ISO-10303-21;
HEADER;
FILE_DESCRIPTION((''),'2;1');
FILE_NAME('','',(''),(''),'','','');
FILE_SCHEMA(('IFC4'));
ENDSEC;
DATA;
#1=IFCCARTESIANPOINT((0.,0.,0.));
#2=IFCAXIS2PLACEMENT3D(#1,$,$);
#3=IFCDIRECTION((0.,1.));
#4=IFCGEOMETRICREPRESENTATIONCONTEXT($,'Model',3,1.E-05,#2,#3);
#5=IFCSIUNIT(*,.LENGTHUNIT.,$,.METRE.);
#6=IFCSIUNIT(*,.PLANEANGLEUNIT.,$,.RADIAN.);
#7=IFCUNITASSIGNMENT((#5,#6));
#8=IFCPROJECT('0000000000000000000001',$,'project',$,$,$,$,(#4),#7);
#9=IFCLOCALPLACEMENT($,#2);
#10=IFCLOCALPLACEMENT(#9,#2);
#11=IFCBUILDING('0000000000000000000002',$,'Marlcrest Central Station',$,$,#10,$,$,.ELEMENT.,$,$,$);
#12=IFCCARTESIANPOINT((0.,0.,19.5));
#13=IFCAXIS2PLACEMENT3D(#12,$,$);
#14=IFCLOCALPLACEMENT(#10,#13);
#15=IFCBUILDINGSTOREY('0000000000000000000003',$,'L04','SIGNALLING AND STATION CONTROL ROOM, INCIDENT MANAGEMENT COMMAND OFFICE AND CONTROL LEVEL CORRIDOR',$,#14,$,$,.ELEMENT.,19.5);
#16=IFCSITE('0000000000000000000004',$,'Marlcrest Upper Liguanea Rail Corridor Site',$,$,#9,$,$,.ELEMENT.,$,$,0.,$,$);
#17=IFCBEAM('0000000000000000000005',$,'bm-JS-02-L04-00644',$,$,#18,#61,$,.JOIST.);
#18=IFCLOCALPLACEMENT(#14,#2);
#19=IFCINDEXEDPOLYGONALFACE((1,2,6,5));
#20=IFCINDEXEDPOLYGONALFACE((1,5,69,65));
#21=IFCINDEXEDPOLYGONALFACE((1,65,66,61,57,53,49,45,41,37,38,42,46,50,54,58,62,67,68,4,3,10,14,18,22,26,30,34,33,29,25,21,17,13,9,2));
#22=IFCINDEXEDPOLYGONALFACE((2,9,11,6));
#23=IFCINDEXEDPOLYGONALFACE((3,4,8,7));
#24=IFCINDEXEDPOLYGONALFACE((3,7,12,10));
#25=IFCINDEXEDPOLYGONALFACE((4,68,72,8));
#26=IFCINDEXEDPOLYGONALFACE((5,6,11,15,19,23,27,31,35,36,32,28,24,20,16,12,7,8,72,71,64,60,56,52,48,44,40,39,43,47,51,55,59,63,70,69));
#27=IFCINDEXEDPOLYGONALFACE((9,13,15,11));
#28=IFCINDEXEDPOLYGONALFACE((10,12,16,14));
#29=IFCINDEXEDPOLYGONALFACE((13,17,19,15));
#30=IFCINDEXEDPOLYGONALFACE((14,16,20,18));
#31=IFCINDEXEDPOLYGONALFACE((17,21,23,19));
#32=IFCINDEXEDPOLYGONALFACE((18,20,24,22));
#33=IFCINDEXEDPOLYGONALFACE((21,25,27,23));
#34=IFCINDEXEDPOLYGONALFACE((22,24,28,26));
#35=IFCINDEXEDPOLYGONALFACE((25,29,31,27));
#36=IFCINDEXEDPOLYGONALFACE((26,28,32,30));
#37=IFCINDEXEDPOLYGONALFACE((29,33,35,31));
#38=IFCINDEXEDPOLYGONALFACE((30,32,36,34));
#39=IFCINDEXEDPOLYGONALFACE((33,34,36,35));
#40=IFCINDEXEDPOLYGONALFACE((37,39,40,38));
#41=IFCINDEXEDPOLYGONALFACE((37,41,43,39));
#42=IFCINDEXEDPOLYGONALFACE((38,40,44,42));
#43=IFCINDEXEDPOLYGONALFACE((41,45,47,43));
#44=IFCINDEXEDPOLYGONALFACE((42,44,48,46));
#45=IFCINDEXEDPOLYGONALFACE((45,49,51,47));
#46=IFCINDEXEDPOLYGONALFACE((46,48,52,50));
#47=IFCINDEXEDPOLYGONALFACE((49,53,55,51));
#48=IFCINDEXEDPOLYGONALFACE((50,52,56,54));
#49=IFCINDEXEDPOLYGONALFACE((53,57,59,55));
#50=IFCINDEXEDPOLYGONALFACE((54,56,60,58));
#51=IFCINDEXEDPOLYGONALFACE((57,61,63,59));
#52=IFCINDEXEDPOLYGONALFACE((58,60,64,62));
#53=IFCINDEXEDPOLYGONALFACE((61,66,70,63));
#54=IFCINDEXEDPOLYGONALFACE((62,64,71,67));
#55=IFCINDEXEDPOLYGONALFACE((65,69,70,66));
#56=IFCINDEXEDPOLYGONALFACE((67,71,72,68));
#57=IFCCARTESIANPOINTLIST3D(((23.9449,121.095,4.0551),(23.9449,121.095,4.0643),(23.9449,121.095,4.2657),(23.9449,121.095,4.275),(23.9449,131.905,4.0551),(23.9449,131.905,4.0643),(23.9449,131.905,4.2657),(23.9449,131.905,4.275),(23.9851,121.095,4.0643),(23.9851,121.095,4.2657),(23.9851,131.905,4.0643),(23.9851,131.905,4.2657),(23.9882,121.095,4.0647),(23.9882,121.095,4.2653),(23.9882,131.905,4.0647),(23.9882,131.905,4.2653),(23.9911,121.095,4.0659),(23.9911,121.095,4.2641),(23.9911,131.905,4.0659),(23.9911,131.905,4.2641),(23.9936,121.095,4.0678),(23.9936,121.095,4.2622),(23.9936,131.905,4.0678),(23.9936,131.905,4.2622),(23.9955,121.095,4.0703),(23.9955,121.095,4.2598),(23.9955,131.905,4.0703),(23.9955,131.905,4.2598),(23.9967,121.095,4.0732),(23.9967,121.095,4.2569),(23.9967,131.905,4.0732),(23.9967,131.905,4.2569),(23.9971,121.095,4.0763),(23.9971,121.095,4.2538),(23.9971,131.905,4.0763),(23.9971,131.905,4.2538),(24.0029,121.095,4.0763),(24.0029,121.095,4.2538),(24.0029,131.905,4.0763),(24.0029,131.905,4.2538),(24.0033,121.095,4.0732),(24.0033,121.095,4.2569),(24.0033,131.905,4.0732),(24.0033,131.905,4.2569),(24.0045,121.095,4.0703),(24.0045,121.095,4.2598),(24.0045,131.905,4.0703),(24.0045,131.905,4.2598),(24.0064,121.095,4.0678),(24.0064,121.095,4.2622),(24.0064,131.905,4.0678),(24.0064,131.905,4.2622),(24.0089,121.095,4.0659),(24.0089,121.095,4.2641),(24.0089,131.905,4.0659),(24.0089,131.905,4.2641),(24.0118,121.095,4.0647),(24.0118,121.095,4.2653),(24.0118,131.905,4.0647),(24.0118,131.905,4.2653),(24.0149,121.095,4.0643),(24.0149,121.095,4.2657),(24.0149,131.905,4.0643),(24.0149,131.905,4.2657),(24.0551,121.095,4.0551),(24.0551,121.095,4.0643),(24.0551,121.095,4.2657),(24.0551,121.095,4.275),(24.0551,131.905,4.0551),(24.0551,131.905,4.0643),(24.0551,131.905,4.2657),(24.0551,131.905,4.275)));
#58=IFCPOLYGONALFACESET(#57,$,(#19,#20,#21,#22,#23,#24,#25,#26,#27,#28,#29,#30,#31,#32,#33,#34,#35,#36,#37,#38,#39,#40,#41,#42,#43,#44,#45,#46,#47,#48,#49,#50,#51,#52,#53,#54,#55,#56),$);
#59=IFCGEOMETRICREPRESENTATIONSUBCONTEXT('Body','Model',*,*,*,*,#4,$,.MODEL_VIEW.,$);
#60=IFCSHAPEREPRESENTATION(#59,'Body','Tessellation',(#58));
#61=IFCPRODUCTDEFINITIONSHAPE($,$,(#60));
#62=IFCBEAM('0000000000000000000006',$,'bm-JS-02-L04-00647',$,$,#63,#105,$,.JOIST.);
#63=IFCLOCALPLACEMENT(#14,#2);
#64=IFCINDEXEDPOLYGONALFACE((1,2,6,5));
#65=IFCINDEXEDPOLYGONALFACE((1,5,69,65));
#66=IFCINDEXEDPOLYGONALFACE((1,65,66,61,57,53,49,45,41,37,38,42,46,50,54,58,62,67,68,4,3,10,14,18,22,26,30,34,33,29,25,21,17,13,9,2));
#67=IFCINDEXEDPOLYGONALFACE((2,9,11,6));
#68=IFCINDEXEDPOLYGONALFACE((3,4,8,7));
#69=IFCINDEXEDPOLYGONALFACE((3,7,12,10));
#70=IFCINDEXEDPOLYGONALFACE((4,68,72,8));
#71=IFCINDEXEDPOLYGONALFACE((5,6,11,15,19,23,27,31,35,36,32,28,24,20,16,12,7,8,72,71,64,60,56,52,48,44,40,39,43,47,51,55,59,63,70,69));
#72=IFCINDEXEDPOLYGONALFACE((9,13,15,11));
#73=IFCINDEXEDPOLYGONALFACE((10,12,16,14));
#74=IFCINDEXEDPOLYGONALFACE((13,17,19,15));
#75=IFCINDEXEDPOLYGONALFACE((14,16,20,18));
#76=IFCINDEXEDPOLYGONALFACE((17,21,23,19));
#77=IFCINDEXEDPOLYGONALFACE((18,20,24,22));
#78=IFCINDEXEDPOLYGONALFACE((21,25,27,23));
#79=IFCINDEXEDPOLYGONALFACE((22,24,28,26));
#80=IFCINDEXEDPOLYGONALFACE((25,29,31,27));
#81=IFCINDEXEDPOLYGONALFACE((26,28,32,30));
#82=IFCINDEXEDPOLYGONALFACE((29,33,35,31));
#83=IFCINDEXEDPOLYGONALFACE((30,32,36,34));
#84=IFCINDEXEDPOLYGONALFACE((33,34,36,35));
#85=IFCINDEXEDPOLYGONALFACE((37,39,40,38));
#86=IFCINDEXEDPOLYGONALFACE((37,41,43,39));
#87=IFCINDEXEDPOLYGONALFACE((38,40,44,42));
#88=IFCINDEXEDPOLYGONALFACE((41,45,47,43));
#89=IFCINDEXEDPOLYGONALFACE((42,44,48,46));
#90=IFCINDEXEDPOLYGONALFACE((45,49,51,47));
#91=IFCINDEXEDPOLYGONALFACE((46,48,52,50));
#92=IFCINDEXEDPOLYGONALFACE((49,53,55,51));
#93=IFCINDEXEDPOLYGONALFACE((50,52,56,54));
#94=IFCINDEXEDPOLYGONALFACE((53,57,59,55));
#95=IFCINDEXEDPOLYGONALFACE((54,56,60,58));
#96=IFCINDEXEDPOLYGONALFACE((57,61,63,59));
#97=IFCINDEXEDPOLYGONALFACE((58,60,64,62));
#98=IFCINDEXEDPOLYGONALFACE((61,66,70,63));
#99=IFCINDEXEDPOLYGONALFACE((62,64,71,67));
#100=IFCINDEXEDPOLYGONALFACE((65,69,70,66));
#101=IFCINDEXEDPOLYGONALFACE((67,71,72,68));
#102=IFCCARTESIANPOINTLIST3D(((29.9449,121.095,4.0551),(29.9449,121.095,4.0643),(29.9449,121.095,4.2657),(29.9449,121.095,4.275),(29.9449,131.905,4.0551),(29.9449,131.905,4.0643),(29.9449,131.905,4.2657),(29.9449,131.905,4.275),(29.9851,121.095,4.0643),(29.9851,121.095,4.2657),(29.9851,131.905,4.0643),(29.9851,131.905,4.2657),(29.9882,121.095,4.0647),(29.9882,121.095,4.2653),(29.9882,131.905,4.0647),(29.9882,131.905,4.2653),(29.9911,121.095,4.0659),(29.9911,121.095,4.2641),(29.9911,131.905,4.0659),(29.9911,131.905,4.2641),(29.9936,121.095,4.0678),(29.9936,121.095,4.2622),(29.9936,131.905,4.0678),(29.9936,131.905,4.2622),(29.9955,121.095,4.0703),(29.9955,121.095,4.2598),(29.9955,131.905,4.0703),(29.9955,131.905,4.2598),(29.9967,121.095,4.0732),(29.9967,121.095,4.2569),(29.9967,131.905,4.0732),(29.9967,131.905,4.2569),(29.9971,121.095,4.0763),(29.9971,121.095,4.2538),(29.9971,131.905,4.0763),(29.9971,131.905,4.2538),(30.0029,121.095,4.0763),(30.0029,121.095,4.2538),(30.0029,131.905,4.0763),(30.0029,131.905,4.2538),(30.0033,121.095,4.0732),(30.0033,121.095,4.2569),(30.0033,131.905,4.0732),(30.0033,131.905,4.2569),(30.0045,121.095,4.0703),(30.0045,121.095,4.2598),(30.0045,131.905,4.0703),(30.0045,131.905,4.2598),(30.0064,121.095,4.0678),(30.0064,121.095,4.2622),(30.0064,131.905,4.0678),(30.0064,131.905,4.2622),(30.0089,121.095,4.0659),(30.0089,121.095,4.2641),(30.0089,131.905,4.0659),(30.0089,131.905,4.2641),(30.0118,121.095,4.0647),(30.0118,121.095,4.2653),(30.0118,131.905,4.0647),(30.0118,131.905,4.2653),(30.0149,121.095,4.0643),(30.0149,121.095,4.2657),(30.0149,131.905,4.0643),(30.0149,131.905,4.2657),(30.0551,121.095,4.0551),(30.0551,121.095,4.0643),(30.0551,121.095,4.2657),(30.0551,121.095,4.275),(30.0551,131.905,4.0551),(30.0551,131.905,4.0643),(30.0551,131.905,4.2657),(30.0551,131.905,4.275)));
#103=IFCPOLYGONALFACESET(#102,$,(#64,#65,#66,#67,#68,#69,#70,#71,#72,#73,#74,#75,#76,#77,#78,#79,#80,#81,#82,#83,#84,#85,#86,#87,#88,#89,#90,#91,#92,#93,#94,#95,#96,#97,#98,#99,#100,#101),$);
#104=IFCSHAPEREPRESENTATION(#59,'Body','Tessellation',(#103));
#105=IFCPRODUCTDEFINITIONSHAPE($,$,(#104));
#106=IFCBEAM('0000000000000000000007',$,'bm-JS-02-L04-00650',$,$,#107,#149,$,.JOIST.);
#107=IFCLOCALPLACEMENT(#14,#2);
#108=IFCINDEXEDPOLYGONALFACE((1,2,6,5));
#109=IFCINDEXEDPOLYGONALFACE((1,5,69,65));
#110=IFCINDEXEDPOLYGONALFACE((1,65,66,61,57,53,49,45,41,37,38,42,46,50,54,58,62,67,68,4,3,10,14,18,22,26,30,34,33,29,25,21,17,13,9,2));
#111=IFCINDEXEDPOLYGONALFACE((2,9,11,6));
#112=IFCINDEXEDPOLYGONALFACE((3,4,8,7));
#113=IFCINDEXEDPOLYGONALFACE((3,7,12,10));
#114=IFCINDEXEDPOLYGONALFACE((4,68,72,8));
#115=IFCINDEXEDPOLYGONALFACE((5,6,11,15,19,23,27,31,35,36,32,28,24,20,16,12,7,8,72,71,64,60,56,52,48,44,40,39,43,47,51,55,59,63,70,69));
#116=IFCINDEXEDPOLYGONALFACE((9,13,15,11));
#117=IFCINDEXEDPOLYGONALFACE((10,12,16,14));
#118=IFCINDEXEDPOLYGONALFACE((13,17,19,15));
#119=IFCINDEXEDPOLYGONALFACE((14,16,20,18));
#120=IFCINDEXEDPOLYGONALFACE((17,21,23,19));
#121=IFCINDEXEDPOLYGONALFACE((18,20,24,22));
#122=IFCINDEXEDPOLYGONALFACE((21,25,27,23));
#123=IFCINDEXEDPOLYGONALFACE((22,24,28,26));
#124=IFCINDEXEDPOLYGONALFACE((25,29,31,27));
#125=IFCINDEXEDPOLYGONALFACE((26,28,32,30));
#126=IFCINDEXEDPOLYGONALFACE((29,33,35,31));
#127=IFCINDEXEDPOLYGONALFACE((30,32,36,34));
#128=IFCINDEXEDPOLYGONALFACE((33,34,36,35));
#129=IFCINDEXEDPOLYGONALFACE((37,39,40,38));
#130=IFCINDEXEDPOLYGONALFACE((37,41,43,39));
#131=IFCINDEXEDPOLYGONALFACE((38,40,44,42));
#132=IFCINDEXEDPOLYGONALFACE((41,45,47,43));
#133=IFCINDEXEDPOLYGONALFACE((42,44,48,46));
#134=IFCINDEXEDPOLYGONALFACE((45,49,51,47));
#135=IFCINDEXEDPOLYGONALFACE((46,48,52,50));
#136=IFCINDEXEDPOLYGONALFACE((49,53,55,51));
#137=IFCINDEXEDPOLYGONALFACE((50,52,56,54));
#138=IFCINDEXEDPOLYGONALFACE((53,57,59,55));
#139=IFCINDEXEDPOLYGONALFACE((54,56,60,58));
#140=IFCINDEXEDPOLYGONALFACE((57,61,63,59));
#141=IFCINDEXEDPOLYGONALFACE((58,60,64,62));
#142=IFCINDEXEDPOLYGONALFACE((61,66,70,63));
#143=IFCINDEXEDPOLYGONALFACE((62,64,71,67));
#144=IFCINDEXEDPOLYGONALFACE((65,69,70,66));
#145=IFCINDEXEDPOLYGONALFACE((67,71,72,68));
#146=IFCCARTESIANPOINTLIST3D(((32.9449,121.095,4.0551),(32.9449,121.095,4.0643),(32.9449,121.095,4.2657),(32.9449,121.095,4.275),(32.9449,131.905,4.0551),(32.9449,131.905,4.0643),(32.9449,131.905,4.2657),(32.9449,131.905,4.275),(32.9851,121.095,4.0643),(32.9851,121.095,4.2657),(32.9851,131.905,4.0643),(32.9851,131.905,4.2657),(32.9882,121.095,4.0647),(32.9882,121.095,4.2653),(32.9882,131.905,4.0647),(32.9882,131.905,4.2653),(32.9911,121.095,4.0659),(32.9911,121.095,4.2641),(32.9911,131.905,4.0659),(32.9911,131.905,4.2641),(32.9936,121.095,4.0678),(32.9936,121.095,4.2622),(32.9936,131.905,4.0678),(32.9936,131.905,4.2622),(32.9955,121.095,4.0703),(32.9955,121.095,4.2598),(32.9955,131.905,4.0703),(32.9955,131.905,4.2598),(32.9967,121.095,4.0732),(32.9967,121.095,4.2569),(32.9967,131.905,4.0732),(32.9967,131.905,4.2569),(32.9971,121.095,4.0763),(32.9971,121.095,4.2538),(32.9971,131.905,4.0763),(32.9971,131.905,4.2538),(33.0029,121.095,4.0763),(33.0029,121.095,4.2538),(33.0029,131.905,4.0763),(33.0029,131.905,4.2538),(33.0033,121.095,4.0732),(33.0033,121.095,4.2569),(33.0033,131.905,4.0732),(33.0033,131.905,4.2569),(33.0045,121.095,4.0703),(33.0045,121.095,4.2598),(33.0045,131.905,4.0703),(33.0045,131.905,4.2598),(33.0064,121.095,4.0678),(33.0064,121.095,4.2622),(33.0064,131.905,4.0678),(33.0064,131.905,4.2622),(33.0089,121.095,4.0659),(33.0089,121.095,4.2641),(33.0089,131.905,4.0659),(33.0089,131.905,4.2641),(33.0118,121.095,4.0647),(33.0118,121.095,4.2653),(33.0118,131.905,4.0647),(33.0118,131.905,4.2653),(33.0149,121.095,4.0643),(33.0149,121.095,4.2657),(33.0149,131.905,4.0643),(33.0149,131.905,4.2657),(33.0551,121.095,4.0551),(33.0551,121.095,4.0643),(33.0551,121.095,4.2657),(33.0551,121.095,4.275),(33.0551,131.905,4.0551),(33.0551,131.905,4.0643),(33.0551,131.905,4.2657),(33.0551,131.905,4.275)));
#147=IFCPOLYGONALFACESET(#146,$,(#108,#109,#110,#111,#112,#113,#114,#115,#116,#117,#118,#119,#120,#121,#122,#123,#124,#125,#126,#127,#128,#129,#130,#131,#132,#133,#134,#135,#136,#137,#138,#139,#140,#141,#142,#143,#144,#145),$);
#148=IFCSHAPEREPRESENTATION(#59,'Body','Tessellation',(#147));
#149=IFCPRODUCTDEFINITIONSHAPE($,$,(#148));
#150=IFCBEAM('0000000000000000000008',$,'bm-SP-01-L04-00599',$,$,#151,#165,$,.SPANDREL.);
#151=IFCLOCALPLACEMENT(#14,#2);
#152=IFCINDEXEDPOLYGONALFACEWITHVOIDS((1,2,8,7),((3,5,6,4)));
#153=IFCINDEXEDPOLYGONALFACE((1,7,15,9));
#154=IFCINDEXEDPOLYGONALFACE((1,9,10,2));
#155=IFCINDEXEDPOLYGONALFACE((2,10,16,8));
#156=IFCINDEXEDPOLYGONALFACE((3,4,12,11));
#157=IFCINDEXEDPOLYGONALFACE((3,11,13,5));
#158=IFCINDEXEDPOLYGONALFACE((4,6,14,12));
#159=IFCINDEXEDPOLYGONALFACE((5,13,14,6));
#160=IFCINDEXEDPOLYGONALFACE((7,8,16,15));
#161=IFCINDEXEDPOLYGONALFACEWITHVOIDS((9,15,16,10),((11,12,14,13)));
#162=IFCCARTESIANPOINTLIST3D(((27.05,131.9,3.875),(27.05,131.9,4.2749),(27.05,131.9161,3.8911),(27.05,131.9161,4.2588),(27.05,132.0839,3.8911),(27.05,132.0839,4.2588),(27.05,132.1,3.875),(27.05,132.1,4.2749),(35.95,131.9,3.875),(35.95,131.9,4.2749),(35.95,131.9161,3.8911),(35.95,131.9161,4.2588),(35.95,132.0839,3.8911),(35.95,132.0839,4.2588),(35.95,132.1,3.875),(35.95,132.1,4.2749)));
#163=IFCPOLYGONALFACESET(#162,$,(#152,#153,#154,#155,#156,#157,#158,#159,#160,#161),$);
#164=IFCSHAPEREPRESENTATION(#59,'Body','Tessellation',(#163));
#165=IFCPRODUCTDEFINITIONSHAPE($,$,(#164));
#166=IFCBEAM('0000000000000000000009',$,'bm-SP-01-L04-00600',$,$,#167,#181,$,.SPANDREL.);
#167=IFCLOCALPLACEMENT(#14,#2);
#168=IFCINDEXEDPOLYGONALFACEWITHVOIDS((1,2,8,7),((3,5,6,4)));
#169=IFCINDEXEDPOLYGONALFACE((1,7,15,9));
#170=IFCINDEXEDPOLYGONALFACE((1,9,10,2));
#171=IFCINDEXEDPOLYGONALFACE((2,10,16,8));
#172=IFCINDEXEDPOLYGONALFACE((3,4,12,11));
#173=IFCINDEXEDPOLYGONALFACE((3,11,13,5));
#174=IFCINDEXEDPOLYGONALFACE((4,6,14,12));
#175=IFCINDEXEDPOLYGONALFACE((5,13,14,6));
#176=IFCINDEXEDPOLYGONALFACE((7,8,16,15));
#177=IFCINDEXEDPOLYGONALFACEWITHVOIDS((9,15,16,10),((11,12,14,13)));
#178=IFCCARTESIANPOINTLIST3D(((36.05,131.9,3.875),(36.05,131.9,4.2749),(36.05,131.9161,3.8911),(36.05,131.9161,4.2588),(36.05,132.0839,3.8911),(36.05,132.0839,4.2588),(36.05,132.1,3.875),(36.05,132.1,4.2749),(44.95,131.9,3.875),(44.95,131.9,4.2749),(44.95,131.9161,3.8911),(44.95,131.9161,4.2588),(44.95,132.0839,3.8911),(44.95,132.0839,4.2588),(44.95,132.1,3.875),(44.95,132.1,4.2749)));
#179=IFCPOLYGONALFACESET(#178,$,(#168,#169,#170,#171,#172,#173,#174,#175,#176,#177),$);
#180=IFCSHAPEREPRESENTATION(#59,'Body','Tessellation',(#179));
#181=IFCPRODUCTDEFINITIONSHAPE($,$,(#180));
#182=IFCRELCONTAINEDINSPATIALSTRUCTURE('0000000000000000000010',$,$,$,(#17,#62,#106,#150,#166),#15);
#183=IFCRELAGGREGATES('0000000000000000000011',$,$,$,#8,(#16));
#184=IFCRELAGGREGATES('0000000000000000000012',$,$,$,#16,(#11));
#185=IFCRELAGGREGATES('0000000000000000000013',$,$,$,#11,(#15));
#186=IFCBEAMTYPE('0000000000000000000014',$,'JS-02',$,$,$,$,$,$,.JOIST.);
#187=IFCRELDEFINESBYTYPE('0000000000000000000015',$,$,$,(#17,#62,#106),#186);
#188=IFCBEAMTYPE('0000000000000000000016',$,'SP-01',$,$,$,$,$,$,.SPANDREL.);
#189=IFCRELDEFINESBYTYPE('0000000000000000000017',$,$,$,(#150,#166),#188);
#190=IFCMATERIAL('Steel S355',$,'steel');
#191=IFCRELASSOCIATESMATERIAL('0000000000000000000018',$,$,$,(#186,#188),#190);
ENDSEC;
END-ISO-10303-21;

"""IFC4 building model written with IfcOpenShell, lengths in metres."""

from ifc_helpers import new_model, si_unit, direction, frame, origin, origin_2d, place, context, subcontext, project, spatial, hollow_rectangle, i_section, extrude, material, material_profile, profile_set, type_object, element, save


model = new_model("IFC4")

# Units and contexts
model_context = context("Model", 3, precision=1e-05, world=origin(), true_north=direction((0.0, 1.0)))
body_context = subcontext(model_context, "Body", "Model", "MODEL_VIEW")
ifc_project = project(units=[si_unit("LENGTHUNIT", "METRE"), si_unit("PLANEANGLEUNIT", "RADIAN")], contexts=[model_context])

# Site, building, storey
site_placement = place(None, origin())
site = spatial("IfcSite", under=ifc_project, at=site_placement, Name="Marlcrest Upper Liguanea Rail Corridor Site", CompositionType="ELEMENT", RefElevation=0.0)
building_placement = place(site_placement, origin())
building = spatial("IfcBuilding", under=site, at=building_placement, Name="Marlcrest Central Station", CompositionType="ELEMENT")
storey_placement = place(building_placement, frame((0.0, 0.0, 19.5)))
storey = spatial("IfcBuildingStorey", under=building, at=storey_placement, Name="L04", Description="SIGNALLING AND STATION CONTROL ROOM, INCIDENT MANAGEMENT COMMAND OFFICE AND CONTROL LEVEL CORRIDOR", CompositionType="ELEMENT", Elevation=19.5)

# Shared definitions
ifc_material_1 = material(Name="Steel S355", Category="steel")

# Beams
ifc_material_profile_1 = material_profile(ifc_material_1, i_section(OverallWidth=0.1101, OverallDepth=0.22, WebThickness=0.0059, FlangeThickness=0.0093, FilletRadius=0.012, at=origin_2d()), Name="IPE 220")
ifc_profile_set_1 = profile_set([ifc_material_profile_1], Name="Steel S355")
beam_type_1 = type_object("IfcBeamType", Name="JS-02", PredefinedType="JOIST", material=ifc_profile_set_1)
for number, where, z_axis, x_axis, name in (
    (1, (24.0, 121.095, 4.165), (0.0, 1.0, 0.0), (-1.0, 0.0, 0.0), "bm-JS-02-L04-00644"),
    (2, (30.0, 121.095, 4.165), (0.0, 1.0, 0.0), (-1.0, 0.0, 0.0), "bm-JS-02-L04-00647"),
    (3, (33.0, 121.095, 4.165), (0.0, 1.0, 0.0), (-1.0, 0.0, 0.0), "bm-JS-02-L04-00650"),
):
    element("IfcBeam", number, at=place(storey_placement, frame(where, z_axis=z_axis, x_axis=x_axis)), inside=storey, type_object=beam_type_1, Name=name, PredefinedType="JOIST", context=body_context, shape_type="SweptSolid", body=[
        extrude(i_section(OverallWidth=0.1101, OverallDepth=0.22, WebThickness=0.0059, FlangeThickness=0.0093, FilletRadius=0.012, at=origin_2d()), origin(), (0.0, 0.0, 1.0), 10.8101),
    ])
ifc_material_profile_2 = material_profile(ifc_material_1, hollow_rectangle(XDim=0.2, YDim=0.3999, WallThickness=0.0161, at=origin_2d()), Name="RHS 400x200x16")
ifc_profile_set_2 = profile_set([ifc_material_profile_2], Name="Steel S355")
beam_type_2 = type_object("IfcBeamType", Name="SP-01", PredefinedType="SPANDREL", material=ifc_profile_set_2)
for number, where, z_axis, x_axis, name in (
    (4, (27.05, 132.0, 4.075), (1.0, 0.0, 0.0), (0.0, 1.0, 0.0), "bm-SP-01-L04-00599"),
    (5, (36.05, 132.0, 4.075), (1.0, 0.0, 0.0), (0.0, 1.0, 0.0), "bm-SP-01-L04-00600"),
):
    element("IfcBeam", number, at=place(storey_placement, frame(where, z_axis=z_axis, x_axis=x_axis)), inside=storey, type_object=beam_type_2, Name=name, PredefinedType="SPANDREL", context=body_context, shape_type="SweptSolid", body=[
        extrude(hollow_rectangle(XDim=0.2, YDim=0.3999, WallThickness=0.0161, at=origin_2d()), origin(), (0.0, 0.0, 1.0), 8.8999),
    ])

save(model, "model.ifc")
